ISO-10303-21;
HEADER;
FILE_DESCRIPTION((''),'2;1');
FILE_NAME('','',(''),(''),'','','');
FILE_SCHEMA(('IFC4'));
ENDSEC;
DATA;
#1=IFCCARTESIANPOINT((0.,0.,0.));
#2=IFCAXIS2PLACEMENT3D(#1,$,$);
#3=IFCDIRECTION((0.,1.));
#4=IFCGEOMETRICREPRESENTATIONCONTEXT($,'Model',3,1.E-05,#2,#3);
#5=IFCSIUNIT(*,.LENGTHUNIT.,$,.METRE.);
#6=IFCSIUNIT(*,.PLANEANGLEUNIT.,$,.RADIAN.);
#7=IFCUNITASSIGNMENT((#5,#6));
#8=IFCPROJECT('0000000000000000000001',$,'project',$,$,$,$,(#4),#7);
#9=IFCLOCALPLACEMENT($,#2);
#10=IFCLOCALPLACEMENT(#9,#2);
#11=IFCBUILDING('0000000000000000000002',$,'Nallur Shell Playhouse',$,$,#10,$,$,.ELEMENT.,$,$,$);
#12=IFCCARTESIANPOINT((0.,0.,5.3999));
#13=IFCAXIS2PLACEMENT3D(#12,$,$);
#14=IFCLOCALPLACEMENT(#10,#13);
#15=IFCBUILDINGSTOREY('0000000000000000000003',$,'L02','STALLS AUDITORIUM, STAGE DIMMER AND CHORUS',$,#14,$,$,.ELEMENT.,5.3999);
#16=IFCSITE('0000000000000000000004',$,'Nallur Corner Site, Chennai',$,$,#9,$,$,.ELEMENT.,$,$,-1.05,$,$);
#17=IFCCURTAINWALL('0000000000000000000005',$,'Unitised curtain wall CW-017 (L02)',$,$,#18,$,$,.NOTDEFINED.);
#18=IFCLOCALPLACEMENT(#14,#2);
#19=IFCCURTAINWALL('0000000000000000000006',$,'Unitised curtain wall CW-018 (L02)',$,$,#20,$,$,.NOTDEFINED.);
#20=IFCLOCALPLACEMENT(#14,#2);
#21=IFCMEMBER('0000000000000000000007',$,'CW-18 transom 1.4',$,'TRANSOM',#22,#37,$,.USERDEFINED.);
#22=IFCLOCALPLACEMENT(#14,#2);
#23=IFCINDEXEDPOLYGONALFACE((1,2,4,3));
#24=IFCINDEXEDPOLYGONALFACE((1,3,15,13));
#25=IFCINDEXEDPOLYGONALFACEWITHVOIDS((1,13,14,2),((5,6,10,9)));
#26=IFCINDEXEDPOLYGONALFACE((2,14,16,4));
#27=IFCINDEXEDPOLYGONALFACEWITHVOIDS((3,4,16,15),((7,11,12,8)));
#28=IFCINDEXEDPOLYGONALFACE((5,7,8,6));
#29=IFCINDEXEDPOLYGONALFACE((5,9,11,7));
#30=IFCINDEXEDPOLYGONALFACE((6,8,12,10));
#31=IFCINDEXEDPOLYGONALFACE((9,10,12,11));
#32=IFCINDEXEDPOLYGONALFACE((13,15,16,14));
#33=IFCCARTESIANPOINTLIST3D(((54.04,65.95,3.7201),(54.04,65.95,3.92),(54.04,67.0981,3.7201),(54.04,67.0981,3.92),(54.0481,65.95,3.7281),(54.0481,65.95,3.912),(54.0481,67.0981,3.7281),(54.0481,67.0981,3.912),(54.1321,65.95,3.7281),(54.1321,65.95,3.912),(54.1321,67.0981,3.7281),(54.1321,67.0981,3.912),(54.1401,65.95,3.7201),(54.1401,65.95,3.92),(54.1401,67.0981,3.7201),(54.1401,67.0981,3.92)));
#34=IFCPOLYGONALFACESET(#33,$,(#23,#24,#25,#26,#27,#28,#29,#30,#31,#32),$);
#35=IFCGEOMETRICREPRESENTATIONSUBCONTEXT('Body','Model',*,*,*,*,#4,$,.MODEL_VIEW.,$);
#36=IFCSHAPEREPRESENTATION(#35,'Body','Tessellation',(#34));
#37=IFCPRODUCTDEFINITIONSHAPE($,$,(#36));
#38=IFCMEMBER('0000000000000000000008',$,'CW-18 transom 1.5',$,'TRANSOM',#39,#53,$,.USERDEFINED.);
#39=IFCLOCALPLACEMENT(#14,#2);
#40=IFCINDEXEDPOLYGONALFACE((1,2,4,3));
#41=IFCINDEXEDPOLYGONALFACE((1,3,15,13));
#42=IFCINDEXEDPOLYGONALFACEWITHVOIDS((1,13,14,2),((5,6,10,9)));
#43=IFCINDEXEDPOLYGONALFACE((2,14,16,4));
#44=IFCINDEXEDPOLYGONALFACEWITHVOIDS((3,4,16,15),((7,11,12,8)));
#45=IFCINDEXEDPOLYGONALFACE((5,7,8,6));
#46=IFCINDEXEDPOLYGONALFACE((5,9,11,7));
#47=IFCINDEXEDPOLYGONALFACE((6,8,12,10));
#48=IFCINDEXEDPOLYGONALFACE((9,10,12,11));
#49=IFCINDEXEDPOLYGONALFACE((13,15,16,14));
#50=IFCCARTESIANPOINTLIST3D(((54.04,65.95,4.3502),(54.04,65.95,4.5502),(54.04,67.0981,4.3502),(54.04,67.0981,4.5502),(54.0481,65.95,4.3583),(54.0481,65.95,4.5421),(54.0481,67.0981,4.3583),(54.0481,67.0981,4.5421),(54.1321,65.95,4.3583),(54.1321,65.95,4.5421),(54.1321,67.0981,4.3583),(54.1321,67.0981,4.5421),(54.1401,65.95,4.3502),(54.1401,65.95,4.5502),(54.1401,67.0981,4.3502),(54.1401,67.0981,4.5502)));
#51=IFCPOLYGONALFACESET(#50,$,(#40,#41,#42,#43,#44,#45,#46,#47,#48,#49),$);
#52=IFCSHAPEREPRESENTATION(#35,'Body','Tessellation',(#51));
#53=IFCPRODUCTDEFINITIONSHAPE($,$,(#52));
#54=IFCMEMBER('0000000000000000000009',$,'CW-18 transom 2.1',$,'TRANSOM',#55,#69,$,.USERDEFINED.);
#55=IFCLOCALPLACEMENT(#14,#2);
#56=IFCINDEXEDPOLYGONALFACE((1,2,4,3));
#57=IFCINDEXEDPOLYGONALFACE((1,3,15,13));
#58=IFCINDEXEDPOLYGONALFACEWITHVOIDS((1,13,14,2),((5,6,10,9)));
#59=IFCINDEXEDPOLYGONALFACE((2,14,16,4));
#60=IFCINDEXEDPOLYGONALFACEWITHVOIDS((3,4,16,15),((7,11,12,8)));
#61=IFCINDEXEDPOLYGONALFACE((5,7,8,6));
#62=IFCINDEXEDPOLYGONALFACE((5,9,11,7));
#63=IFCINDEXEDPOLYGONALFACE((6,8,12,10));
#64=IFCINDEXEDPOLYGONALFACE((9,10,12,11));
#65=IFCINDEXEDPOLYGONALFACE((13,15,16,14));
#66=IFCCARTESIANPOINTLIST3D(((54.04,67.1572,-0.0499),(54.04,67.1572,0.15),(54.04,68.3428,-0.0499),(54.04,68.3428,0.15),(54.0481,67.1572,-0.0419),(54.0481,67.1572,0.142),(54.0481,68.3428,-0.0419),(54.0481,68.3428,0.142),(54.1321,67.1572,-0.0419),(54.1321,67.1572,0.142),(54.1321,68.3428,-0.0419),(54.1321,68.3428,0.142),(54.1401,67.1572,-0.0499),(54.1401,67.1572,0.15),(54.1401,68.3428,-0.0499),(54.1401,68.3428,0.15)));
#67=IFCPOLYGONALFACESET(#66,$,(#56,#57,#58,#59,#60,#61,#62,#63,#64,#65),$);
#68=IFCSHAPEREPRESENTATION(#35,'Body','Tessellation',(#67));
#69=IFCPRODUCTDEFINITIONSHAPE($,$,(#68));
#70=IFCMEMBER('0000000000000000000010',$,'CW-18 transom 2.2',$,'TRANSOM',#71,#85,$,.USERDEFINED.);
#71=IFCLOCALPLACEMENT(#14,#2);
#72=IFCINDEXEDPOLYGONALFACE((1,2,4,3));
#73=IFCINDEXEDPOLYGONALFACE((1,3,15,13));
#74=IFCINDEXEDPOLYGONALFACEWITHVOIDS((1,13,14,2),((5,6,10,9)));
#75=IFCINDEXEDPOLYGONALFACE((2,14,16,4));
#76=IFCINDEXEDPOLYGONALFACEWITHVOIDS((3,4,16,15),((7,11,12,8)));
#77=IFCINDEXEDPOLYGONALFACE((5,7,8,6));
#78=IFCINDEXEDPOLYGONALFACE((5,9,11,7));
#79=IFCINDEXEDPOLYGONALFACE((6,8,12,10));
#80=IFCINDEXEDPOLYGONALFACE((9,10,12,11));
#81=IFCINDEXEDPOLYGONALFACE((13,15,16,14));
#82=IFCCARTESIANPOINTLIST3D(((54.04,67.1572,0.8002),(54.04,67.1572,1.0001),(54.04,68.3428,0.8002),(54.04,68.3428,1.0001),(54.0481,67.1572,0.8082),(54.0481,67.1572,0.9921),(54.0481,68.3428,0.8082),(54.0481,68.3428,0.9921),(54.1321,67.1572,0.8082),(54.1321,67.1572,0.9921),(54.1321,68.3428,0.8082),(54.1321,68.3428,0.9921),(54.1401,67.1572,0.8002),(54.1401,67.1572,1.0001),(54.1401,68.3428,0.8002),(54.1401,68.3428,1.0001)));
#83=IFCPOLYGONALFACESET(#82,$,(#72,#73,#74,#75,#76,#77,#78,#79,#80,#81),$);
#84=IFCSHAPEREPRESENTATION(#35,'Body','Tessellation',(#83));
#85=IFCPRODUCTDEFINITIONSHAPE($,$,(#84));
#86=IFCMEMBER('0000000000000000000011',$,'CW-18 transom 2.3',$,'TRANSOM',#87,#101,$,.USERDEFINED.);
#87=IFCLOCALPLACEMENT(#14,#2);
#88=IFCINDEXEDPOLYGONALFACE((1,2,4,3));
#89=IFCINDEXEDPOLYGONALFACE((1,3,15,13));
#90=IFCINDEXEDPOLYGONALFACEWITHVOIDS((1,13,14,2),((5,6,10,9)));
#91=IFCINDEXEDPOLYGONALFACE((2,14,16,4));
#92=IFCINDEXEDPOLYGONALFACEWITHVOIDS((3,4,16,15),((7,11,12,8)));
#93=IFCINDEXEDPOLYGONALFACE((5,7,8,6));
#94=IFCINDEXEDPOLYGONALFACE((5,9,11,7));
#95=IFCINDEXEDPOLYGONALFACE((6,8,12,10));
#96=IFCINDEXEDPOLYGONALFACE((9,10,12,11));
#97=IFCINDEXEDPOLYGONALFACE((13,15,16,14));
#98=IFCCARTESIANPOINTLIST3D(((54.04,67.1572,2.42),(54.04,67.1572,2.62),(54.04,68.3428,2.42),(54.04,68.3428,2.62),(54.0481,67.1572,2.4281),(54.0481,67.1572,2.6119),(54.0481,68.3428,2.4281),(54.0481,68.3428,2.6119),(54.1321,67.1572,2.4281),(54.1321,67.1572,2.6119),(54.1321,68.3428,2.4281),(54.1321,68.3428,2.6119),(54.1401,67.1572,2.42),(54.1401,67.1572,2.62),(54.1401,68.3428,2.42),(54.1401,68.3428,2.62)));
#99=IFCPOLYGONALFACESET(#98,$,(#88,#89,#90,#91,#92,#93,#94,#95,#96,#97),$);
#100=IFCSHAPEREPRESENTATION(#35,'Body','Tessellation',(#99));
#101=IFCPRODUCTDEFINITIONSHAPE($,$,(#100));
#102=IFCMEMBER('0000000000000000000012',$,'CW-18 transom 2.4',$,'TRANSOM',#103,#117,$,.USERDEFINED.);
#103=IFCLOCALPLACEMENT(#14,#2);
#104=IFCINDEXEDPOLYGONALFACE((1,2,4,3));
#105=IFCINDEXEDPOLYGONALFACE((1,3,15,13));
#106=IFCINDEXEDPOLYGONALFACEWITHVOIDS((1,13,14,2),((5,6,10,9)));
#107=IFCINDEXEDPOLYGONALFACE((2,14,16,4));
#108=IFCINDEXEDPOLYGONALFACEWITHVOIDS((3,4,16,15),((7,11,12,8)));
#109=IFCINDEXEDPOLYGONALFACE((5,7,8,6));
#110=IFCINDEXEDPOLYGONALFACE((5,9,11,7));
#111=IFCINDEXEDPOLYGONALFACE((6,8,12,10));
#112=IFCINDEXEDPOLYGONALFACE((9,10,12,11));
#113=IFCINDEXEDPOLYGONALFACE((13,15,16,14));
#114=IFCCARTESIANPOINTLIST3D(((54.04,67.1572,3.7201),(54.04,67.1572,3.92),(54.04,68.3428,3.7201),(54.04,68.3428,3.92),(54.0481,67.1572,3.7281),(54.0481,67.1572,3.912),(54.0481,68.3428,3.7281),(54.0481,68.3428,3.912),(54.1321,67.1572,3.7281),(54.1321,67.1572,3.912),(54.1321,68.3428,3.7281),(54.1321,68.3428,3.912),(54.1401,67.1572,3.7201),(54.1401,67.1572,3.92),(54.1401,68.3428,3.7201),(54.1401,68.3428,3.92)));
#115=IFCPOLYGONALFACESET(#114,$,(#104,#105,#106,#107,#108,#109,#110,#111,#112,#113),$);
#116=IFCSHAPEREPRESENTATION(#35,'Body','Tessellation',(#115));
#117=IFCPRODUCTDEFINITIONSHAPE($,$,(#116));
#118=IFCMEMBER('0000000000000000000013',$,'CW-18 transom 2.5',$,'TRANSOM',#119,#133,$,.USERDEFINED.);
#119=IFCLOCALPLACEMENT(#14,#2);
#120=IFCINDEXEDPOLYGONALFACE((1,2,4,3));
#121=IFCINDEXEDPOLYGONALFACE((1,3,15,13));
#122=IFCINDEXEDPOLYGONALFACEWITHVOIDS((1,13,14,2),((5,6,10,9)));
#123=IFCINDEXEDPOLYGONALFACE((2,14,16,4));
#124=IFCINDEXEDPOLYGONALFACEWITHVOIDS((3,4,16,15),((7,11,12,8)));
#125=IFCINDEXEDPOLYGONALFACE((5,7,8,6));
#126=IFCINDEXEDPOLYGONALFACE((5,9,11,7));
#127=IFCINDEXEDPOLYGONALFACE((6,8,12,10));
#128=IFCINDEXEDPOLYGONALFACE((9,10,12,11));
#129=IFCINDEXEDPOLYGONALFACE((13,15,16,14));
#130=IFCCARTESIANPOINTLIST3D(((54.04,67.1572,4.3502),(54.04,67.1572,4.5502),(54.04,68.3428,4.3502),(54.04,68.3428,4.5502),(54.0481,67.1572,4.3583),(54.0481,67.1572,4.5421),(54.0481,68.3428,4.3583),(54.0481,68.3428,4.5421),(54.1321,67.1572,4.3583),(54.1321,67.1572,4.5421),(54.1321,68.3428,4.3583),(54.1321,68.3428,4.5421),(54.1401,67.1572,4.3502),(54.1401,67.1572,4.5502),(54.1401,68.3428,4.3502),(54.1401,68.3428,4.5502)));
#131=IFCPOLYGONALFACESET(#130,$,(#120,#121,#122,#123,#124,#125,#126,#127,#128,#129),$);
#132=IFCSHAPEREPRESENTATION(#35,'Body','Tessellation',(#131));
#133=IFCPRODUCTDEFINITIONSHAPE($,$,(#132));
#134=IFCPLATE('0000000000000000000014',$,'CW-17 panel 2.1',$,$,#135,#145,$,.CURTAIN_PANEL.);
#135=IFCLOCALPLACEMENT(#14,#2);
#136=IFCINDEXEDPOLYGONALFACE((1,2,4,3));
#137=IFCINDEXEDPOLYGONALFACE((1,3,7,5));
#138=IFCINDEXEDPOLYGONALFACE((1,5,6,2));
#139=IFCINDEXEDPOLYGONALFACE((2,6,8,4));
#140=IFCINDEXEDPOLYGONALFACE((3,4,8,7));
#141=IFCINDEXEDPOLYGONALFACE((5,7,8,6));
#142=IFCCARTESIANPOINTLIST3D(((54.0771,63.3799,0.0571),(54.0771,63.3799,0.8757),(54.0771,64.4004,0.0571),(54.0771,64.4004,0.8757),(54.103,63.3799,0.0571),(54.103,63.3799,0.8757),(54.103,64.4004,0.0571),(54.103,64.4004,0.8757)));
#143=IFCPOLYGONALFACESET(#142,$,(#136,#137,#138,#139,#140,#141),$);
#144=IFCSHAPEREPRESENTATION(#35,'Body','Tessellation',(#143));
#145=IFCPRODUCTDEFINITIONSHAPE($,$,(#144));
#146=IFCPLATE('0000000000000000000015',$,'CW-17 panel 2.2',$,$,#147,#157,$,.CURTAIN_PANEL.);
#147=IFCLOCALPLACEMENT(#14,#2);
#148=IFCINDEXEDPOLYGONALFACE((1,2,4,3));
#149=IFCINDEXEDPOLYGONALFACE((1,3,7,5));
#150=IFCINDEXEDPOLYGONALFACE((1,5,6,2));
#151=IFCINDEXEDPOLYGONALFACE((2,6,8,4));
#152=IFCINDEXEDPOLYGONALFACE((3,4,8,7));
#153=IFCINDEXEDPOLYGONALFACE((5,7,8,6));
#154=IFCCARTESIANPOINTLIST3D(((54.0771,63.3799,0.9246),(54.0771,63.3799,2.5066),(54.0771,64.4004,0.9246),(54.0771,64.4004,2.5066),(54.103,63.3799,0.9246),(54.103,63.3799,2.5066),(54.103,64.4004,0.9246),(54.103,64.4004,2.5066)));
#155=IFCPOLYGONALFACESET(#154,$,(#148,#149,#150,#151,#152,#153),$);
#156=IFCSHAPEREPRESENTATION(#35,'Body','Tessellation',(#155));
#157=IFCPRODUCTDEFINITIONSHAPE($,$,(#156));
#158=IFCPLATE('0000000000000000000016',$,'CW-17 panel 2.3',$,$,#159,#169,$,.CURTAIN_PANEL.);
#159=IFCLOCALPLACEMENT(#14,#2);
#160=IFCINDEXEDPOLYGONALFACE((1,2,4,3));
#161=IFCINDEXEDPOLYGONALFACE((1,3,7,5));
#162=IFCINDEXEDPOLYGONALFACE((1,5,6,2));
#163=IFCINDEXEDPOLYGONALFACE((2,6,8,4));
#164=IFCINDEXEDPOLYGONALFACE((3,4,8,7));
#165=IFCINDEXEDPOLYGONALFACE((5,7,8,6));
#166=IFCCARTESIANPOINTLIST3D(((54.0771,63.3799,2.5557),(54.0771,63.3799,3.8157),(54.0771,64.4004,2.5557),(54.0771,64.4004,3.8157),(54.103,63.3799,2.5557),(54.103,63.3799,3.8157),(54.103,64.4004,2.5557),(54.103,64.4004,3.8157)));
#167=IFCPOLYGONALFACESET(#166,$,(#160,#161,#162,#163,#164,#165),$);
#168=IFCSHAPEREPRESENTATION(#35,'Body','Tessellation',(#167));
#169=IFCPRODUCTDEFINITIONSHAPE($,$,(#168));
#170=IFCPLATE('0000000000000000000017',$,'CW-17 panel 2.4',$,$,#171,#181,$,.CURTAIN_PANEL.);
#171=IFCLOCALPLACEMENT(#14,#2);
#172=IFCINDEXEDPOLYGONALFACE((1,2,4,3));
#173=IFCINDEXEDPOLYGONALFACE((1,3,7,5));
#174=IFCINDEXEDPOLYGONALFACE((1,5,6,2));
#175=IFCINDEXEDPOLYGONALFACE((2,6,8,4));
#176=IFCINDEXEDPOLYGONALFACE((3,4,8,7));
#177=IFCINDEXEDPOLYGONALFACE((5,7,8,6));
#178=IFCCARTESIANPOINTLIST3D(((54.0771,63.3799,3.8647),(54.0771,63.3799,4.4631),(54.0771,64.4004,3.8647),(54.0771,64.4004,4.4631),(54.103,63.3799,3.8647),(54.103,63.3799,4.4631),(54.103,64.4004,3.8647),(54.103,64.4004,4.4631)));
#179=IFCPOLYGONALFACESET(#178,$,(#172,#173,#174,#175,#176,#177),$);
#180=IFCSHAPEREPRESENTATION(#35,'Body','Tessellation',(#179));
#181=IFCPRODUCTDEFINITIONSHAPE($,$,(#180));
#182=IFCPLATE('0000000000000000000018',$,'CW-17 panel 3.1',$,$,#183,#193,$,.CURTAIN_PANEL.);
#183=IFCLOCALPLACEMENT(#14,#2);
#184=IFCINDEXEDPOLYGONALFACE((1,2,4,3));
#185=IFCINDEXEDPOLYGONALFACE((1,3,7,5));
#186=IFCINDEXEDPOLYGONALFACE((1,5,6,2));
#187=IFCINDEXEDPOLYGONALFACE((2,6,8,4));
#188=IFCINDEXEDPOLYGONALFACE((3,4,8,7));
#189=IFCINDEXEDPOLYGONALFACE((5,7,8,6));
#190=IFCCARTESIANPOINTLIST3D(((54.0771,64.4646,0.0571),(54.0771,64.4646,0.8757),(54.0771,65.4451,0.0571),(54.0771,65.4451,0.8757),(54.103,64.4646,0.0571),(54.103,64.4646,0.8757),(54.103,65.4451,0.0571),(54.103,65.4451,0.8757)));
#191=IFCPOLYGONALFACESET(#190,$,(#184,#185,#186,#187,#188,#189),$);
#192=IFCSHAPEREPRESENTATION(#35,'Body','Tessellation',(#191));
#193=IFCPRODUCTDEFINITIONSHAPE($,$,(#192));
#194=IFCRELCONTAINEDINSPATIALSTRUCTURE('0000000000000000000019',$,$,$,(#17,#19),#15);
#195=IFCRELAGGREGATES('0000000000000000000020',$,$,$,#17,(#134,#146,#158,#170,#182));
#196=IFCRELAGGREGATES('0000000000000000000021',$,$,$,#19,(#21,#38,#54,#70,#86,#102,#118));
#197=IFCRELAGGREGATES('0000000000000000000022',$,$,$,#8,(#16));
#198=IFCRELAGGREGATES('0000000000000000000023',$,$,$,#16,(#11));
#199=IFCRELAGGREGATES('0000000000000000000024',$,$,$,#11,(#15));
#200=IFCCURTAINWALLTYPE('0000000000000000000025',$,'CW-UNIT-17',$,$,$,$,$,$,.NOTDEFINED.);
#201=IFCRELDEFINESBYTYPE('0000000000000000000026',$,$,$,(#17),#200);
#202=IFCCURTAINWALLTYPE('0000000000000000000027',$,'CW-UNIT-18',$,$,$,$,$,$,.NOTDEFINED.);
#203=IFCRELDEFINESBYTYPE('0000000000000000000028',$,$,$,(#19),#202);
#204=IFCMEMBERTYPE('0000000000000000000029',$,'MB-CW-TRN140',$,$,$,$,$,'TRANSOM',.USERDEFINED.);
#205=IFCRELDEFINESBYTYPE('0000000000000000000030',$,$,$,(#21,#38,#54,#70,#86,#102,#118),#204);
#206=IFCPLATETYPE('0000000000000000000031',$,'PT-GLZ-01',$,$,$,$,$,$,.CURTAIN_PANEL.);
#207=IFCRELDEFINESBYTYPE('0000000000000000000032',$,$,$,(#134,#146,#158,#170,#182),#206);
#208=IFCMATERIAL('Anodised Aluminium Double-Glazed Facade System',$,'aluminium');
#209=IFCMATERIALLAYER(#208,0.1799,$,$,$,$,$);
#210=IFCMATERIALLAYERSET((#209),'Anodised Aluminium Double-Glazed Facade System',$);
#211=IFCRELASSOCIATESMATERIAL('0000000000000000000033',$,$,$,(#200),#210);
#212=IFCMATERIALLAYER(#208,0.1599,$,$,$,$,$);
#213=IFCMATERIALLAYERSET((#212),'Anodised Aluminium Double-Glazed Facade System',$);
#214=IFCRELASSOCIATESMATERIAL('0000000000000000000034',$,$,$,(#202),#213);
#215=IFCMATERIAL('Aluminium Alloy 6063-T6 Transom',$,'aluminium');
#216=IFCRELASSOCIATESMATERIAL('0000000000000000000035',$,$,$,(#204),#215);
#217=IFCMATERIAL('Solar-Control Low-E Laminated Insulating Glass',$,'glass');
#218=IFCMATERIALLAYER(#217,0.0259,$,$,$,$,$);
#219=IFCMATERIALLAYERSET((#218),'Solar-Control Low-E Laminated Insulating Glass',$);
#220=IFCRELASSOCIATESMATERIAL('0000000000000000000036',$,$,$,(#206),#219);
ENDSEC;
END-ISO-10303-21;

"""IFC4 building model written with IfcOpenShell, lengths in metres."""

from ifc_helpers import new_model, si_unit, direction, frame, origin, origin_2d, place, context, subcontext, project, spatial, rectangle, hollow_rectangle, extrude, material, layer, layer_set, material_profile, profile_set, type_object, element, aggregate, save


model = new_model("IFC4")

# Units and contexts
model_context = context("Model", 3, precision=1e-05, world=origin(), true_north=direction((0.0, 1.0)))
body_context = subcontext(model_context, "Body", "Model", "MODEL_VIEW")
ifc_project = project(units=[si_unit("LENGTHUNIT", "METRE"), si_unit("PLANEANGLEUNIT", "RADIAN")], contexts=[model_context])

# Site, building, storey
site_placement = place(None, origin())
site = spatial("IfcSite", under=ifc_project, at=site_placement, Name="Nallur Corner Site, Chennai", CompositionType="ELEMENT", RefElevation=-1.05)
building_placement = place(site_placement, origin())
building = spatial("IfcBuilding", under=site, at=building_placement, Name="Nallur Shell Playhouse", CompositionType="ELEMENT")
storey_placement = place(building_placement, frame((0.0, 0.0, 5.3999)))
storey = spatial("IfcBuildingStorey", under=building, at=storey_placement, Name="L02", Description="STALLS AUDITORIUM, STAGE DIMMER AND CHORUS", CompositionType="ELEMENT", Elevation=5.3999)

# Curtain walls
ifc_material_1 = material(Name="Anodised Aluminium Double-Glazed Facade System", Category="aluminium")
ifc_layer_1 = layer(ifc_material_1, 0.1799)
ifc_layer_set_1 = layer_set([ifc_layer_1], Name="Anodised Aluminium Double-Glazed Facade System")
curtain_wall_type_1 = type_object("IfcCurtainWallType", Name="CW-UNIT-17", PredefinedType="NOTDEFINED", material=ifc_layer_set_1)
curtain_wall_1_placement = place(storey_placement, origin())
curtain_wall_1 = element("IfcCurtainWall", 1, at=curtain_wall_1_placement, inside=storey, type_object=curtain_wall_type_1, Name="Unitised curtain wall CW-017 (L02)", PredefinedType="NOTDEFINED")
ifc_layer_2 = layer(ifc_material_1, 0.1599)
ifc_layer_set_2 = layer_set([ifc_layer_2], Name="Anodised Aluminium Double-Glazed Facade System")
curtain_wall_type_2 = type_object("IfcCurtainWallType", Name="CW-UNIT-18", PredefinedType="NOTDEFINED", material=ifc_layer_set_2)
curtain_wall_2_placement = place(storey_placement, origin())
curtain_wall_2 = element("IfcCurtainWall", 2, at=curtain_wall_2_placement, inside=storey, type_object=curtain_wall_type_2, Name="Unitised curtain wall CW-018 (L02)", PredefinedType="NOTDEFINED")

# Members
ifc_material_2 = material(Name="Aluminium Alloy 6063-T6 Transom", Category="aluminium")
ifc_material_profile_1 = material_profile(ifc_material_2, hollow_rectangle(XDim=0.1001, YDim=0.2, WallThickness=0.0081, at=origin_2d()), Name="RHS 200x100x8")
ifc_profile_set_1 = profile_set([ifc_material_profile_1], Name="Aluminium Alloy 6063-T6 Transom")
member_type_1 = type_object("IfcMemberType", Name="MB-CW-TRN140", ElementType="TRANSOM", PredefinedType="USERDEFINED", material=ifc_profile_set_1)
member_1_placement = place(storey_placement, frame((54.0901, 65.95, 3.8201), z_axis=(0.0, 1.0, 0.0), x_axis=(-1.0, 0.0, 0.0)))
member_1 = element("IfcMember", 3, at=member_1_placement, type_object=member_type_1, Name="CW-18 transom 1.4", ObjectType="TRANSOM", PredefinedType="USERDEFINED", context=body_context, shape_type="SweptSolid", body=[
    extrude(hollow_rectangle(XDim=0.1001, YDim=0.2, WallThickness=0.0081, at=origin_2d()), origin(), (0.0, 0.0, 1.0), 1.1482),
])
member_2_placement = place(storey_placement, frame((54.0901, 65.95, 4.4502), z_axis=(0.0, 1.0, 0.0), x_axis=(-1.0, 0.0, 0.0)))
member_2 = element("IfcMember", 4, at=member_2_placement, type_object=member_type_1, Name="CW-18 transom 1.5", ObjectType="TRANSOM", PredefinedType="USERDEFINED", context=body_context, shape_type="SweptSolid", body=[
    extrude(hollow_rectangle(XDim=0.1001, YDim=0.2, WallThickness=0.0081, at=origin_2d()), origin(), (0.0, 0.0, 1.0), 1.1482),
])
member_3_placement = place(storey_placement, frame((54.0901, 67.1572, 0.05), z_axis=(0.0, 1.0, 0.0), x_axis=(-1.0, 0.0, 0.0)))
member_3 = element("IfcMember", 5, at=member_3_placement, type_object=member_type_1, Name="CW-18 transom 2.1", ObjectType="TRANSOM", PredefinedType="USERDEFINED", context=body_context, shape_type="SweptSolid", body=[
    extrude(hollow_rectangle(XDim=0.1001, YDim=0.2, WallThickness=0.0081, at=origin_2d()), origin(), (0.0, 0.0, 1.0), 1.1855),
])
member_4_placement = place(storey_placement, frame((54.0901, 67.1572, 0.9001), z_axis=(0.0, 1.0, 0.0), x_axis=(-1.0, 0.0, 0.0)))
member_4 = element("IfcMember", 6, at=member_4_placement, type_object=member_type_1, Name="CW-18 transom 2.2", ObjectType="TRANSOM", PredefinedType="USERDEFINED", context=body_context, shape_type="SweptSolid", body=[
    extrude(hollow_rectangle(XDim=0.1001, YDim=0.2, WallThickness=0.0081, at=origin_2d()), origin(), (0.0, 0.0, 1.0), 1.1855),
])
member_5_placement = place(storey_placement, frame((54.0901, 67.1572, 2.52), z_axis=(0.0, 1.0, 0.0), x_axis=(-1.0, 0.0, 0.0)))
member_5 = element("IfcMember", 7, at=member_5_placement, type_object=member_type_1, Name="CW-18 transom 2.3", ObjectType="TRANSOM", PredefinedType="USERDEFINED", context=body_context, shape_type="SweptSolid", body=[
    extrude(hollow_rectangle(XDim=0.1001, YDim=0.2, WallThickness=0.0081, at=origin_2d()), origin(), (0.0, 0.0, 1.0), 1.1855),
])
member_6_placement = place(storey_placement, frame((54.0901, 67.1572, 3.8201), z_axis=(0.0, 1.0, 0.0), x_axis=(-1.0, 0.0, 0.0)))
member_6 = element("IfcMember", 8, at=member_6_placement, type_object=member_type_1, Name="CW-18 transom 2.4", ObjectType="TRANSOM", PredefinedType="USERDEFINED", context=body_context, shape_type="SweptSolid", body=[
    extrude(hollow_rectangle(XDim=0.1001, YDim=0.2, WallThickness=0.0081, at=origin_2d()), origin(), (0.0, 0.0, 1.0), 1.1855),
])
member_7_placement = place(storey_placement, frame((54.0901, 67.1572, 4.4502), z_axis=(0.0, 1.0, 0.0), x_axis=(-1.0, 0.0, 0.0)))
member_7 = element("IfcMember", 9, at=member_7_placement, type_object=member_type_1, Name="CW-18 transom 2.5", ObjectType="TRANSOM", PredefinedType="USERDEFINED", context=body_context, shape_type="SweptSolid", body=[
    extrude(hollow_rectangle(XDim=0.1001, YDim=0.2, WallThickness=0.0081, at=origin_2d()), origin(), (0.0, 0.0, 1.0), 1.1855),
])

# Plates
ifc_material_3 = material(Name="Solar-Control Low-E Laminated Insulating Glass", Category="glass")
ifc_layer_3 = layer(ifc_material_3, 0.0259)
ifc_layer_set_3 = layer_set([ifc_layer_3], Name="Solar-Control Low-E Laminated Insulating Glass")
plate_type_1 = type_object("IfcPlateType", Name="PT-GLZ-01", PredefinedType="CURTAIN_PANEL", material=ifc_layer_set_3)
plate_1_placement = place(storey_placement, frame((54.0901, 63.8901, 0.0571), z_axis=(0.0, 0.0, 1.0), x_axis=(0.0, 1.0, 0.0)))
plate_1 = element("IfcPlate", 10, at=plate_1_placement, type_object=plate_type_1, Name="CW-17 panel 2.1", PredefinedType="CURTAIN_PANEL", context=body_context, shape_type="SweptSolid", body=[
    extrude(rectangle(XDim=1.0205, YDim=0.0259, at=origin_2d()), origin(), (0.0, 0.0, 1.0), 0.8186),
])
plate_2_placement = place(storey_placement, frame((54.0901, 63.8901, 0.9246), z_axis=(0.0, 0.0, 1.0), x_axis=(0.0, 1.0, 0.0)))
plate_2 = element("IfcPlate", 11, at=plate_2_placement, type_object=plate_type_1, Name="CW-17 panel 2.2", PredefinedType="CURTAIN_PANEL", context=body_context, shape_type="SweptSolid", body=[
    extrude(rectangle(XDim=1.0205, YDim=0.0259, at=origin_2d()), origin(), (0.0, 0.0, 1.0), 1.582),
])
plate_3_placement = place(storey_placement, frame((54.0901, 63.8901, 2.5557), z_axis=(0.0, 0.0, 1.0), x_axis=(0.0, 1.0, 0.0)))
plate_3 = element("IfcPlate", 12, at=plate_3_placement, type_object=plate_type_1, Name="CW-17 panel 2.3", PredefinedType="CURTAIN_PANEL", context=body_context, shape_type="SweptSolid", body=[
    extrude(rectangle(XDim=1.0205, YDim=0.0259, at=origin_2d()), origin(), (0.0, 0.0, 1.0), 1.26),
])
plate_4_placement = place(storey_placement, frame((54.0901, 63.8901, 3.8647), z_axis=(0.0, 0.0, 1.0), x_axis=(0.0, 1.0, 0.0)))
plate_4 = element("IfcPlate", 13, at=plate_4_placement, type_object=plate_type_1, Name="CW-17 panel 2.4", PredefinedType="CURTAIN_PANEL", context=body_context, shape_type="SweptSolid", body=[
    extrude(rectangle(XDim=1.0205, YDim=0.0259, at=origin_2d()), origin(), (0.0, 0.0, 1.0), 0.5984),
])
plate_5_placement = place(storey_placement, frame((54.0901, 64.9548, 0.0571), z_axis=(0.0, 0.0, 1.0), x_axis=(0.0, 1.0, 0.0)))
plate_5 = element("IfcPlate", 14, at=plate_5_placement, type_object=plate_type_1, Name="CW-17 panel 3.1", PredefinedType="CURTAIN_PANEL", context=body_context, shape_type="SweptSolid", body=[
    extrude(rectangle(XDim=0.9805, YDim=0.0259, at=origin_2d()), origin(), (0.0, 0.0, 1.0), 0.8186),
])
aggregate(curtain_wall_1, [plate_1, plate_2, plate_3, plate_4, plate_5])
aggregate(curtain_wall_2, [member_1, member_2, member_3, member_4, member_5, member_6, member_7])

save(model, "model.ifc")
